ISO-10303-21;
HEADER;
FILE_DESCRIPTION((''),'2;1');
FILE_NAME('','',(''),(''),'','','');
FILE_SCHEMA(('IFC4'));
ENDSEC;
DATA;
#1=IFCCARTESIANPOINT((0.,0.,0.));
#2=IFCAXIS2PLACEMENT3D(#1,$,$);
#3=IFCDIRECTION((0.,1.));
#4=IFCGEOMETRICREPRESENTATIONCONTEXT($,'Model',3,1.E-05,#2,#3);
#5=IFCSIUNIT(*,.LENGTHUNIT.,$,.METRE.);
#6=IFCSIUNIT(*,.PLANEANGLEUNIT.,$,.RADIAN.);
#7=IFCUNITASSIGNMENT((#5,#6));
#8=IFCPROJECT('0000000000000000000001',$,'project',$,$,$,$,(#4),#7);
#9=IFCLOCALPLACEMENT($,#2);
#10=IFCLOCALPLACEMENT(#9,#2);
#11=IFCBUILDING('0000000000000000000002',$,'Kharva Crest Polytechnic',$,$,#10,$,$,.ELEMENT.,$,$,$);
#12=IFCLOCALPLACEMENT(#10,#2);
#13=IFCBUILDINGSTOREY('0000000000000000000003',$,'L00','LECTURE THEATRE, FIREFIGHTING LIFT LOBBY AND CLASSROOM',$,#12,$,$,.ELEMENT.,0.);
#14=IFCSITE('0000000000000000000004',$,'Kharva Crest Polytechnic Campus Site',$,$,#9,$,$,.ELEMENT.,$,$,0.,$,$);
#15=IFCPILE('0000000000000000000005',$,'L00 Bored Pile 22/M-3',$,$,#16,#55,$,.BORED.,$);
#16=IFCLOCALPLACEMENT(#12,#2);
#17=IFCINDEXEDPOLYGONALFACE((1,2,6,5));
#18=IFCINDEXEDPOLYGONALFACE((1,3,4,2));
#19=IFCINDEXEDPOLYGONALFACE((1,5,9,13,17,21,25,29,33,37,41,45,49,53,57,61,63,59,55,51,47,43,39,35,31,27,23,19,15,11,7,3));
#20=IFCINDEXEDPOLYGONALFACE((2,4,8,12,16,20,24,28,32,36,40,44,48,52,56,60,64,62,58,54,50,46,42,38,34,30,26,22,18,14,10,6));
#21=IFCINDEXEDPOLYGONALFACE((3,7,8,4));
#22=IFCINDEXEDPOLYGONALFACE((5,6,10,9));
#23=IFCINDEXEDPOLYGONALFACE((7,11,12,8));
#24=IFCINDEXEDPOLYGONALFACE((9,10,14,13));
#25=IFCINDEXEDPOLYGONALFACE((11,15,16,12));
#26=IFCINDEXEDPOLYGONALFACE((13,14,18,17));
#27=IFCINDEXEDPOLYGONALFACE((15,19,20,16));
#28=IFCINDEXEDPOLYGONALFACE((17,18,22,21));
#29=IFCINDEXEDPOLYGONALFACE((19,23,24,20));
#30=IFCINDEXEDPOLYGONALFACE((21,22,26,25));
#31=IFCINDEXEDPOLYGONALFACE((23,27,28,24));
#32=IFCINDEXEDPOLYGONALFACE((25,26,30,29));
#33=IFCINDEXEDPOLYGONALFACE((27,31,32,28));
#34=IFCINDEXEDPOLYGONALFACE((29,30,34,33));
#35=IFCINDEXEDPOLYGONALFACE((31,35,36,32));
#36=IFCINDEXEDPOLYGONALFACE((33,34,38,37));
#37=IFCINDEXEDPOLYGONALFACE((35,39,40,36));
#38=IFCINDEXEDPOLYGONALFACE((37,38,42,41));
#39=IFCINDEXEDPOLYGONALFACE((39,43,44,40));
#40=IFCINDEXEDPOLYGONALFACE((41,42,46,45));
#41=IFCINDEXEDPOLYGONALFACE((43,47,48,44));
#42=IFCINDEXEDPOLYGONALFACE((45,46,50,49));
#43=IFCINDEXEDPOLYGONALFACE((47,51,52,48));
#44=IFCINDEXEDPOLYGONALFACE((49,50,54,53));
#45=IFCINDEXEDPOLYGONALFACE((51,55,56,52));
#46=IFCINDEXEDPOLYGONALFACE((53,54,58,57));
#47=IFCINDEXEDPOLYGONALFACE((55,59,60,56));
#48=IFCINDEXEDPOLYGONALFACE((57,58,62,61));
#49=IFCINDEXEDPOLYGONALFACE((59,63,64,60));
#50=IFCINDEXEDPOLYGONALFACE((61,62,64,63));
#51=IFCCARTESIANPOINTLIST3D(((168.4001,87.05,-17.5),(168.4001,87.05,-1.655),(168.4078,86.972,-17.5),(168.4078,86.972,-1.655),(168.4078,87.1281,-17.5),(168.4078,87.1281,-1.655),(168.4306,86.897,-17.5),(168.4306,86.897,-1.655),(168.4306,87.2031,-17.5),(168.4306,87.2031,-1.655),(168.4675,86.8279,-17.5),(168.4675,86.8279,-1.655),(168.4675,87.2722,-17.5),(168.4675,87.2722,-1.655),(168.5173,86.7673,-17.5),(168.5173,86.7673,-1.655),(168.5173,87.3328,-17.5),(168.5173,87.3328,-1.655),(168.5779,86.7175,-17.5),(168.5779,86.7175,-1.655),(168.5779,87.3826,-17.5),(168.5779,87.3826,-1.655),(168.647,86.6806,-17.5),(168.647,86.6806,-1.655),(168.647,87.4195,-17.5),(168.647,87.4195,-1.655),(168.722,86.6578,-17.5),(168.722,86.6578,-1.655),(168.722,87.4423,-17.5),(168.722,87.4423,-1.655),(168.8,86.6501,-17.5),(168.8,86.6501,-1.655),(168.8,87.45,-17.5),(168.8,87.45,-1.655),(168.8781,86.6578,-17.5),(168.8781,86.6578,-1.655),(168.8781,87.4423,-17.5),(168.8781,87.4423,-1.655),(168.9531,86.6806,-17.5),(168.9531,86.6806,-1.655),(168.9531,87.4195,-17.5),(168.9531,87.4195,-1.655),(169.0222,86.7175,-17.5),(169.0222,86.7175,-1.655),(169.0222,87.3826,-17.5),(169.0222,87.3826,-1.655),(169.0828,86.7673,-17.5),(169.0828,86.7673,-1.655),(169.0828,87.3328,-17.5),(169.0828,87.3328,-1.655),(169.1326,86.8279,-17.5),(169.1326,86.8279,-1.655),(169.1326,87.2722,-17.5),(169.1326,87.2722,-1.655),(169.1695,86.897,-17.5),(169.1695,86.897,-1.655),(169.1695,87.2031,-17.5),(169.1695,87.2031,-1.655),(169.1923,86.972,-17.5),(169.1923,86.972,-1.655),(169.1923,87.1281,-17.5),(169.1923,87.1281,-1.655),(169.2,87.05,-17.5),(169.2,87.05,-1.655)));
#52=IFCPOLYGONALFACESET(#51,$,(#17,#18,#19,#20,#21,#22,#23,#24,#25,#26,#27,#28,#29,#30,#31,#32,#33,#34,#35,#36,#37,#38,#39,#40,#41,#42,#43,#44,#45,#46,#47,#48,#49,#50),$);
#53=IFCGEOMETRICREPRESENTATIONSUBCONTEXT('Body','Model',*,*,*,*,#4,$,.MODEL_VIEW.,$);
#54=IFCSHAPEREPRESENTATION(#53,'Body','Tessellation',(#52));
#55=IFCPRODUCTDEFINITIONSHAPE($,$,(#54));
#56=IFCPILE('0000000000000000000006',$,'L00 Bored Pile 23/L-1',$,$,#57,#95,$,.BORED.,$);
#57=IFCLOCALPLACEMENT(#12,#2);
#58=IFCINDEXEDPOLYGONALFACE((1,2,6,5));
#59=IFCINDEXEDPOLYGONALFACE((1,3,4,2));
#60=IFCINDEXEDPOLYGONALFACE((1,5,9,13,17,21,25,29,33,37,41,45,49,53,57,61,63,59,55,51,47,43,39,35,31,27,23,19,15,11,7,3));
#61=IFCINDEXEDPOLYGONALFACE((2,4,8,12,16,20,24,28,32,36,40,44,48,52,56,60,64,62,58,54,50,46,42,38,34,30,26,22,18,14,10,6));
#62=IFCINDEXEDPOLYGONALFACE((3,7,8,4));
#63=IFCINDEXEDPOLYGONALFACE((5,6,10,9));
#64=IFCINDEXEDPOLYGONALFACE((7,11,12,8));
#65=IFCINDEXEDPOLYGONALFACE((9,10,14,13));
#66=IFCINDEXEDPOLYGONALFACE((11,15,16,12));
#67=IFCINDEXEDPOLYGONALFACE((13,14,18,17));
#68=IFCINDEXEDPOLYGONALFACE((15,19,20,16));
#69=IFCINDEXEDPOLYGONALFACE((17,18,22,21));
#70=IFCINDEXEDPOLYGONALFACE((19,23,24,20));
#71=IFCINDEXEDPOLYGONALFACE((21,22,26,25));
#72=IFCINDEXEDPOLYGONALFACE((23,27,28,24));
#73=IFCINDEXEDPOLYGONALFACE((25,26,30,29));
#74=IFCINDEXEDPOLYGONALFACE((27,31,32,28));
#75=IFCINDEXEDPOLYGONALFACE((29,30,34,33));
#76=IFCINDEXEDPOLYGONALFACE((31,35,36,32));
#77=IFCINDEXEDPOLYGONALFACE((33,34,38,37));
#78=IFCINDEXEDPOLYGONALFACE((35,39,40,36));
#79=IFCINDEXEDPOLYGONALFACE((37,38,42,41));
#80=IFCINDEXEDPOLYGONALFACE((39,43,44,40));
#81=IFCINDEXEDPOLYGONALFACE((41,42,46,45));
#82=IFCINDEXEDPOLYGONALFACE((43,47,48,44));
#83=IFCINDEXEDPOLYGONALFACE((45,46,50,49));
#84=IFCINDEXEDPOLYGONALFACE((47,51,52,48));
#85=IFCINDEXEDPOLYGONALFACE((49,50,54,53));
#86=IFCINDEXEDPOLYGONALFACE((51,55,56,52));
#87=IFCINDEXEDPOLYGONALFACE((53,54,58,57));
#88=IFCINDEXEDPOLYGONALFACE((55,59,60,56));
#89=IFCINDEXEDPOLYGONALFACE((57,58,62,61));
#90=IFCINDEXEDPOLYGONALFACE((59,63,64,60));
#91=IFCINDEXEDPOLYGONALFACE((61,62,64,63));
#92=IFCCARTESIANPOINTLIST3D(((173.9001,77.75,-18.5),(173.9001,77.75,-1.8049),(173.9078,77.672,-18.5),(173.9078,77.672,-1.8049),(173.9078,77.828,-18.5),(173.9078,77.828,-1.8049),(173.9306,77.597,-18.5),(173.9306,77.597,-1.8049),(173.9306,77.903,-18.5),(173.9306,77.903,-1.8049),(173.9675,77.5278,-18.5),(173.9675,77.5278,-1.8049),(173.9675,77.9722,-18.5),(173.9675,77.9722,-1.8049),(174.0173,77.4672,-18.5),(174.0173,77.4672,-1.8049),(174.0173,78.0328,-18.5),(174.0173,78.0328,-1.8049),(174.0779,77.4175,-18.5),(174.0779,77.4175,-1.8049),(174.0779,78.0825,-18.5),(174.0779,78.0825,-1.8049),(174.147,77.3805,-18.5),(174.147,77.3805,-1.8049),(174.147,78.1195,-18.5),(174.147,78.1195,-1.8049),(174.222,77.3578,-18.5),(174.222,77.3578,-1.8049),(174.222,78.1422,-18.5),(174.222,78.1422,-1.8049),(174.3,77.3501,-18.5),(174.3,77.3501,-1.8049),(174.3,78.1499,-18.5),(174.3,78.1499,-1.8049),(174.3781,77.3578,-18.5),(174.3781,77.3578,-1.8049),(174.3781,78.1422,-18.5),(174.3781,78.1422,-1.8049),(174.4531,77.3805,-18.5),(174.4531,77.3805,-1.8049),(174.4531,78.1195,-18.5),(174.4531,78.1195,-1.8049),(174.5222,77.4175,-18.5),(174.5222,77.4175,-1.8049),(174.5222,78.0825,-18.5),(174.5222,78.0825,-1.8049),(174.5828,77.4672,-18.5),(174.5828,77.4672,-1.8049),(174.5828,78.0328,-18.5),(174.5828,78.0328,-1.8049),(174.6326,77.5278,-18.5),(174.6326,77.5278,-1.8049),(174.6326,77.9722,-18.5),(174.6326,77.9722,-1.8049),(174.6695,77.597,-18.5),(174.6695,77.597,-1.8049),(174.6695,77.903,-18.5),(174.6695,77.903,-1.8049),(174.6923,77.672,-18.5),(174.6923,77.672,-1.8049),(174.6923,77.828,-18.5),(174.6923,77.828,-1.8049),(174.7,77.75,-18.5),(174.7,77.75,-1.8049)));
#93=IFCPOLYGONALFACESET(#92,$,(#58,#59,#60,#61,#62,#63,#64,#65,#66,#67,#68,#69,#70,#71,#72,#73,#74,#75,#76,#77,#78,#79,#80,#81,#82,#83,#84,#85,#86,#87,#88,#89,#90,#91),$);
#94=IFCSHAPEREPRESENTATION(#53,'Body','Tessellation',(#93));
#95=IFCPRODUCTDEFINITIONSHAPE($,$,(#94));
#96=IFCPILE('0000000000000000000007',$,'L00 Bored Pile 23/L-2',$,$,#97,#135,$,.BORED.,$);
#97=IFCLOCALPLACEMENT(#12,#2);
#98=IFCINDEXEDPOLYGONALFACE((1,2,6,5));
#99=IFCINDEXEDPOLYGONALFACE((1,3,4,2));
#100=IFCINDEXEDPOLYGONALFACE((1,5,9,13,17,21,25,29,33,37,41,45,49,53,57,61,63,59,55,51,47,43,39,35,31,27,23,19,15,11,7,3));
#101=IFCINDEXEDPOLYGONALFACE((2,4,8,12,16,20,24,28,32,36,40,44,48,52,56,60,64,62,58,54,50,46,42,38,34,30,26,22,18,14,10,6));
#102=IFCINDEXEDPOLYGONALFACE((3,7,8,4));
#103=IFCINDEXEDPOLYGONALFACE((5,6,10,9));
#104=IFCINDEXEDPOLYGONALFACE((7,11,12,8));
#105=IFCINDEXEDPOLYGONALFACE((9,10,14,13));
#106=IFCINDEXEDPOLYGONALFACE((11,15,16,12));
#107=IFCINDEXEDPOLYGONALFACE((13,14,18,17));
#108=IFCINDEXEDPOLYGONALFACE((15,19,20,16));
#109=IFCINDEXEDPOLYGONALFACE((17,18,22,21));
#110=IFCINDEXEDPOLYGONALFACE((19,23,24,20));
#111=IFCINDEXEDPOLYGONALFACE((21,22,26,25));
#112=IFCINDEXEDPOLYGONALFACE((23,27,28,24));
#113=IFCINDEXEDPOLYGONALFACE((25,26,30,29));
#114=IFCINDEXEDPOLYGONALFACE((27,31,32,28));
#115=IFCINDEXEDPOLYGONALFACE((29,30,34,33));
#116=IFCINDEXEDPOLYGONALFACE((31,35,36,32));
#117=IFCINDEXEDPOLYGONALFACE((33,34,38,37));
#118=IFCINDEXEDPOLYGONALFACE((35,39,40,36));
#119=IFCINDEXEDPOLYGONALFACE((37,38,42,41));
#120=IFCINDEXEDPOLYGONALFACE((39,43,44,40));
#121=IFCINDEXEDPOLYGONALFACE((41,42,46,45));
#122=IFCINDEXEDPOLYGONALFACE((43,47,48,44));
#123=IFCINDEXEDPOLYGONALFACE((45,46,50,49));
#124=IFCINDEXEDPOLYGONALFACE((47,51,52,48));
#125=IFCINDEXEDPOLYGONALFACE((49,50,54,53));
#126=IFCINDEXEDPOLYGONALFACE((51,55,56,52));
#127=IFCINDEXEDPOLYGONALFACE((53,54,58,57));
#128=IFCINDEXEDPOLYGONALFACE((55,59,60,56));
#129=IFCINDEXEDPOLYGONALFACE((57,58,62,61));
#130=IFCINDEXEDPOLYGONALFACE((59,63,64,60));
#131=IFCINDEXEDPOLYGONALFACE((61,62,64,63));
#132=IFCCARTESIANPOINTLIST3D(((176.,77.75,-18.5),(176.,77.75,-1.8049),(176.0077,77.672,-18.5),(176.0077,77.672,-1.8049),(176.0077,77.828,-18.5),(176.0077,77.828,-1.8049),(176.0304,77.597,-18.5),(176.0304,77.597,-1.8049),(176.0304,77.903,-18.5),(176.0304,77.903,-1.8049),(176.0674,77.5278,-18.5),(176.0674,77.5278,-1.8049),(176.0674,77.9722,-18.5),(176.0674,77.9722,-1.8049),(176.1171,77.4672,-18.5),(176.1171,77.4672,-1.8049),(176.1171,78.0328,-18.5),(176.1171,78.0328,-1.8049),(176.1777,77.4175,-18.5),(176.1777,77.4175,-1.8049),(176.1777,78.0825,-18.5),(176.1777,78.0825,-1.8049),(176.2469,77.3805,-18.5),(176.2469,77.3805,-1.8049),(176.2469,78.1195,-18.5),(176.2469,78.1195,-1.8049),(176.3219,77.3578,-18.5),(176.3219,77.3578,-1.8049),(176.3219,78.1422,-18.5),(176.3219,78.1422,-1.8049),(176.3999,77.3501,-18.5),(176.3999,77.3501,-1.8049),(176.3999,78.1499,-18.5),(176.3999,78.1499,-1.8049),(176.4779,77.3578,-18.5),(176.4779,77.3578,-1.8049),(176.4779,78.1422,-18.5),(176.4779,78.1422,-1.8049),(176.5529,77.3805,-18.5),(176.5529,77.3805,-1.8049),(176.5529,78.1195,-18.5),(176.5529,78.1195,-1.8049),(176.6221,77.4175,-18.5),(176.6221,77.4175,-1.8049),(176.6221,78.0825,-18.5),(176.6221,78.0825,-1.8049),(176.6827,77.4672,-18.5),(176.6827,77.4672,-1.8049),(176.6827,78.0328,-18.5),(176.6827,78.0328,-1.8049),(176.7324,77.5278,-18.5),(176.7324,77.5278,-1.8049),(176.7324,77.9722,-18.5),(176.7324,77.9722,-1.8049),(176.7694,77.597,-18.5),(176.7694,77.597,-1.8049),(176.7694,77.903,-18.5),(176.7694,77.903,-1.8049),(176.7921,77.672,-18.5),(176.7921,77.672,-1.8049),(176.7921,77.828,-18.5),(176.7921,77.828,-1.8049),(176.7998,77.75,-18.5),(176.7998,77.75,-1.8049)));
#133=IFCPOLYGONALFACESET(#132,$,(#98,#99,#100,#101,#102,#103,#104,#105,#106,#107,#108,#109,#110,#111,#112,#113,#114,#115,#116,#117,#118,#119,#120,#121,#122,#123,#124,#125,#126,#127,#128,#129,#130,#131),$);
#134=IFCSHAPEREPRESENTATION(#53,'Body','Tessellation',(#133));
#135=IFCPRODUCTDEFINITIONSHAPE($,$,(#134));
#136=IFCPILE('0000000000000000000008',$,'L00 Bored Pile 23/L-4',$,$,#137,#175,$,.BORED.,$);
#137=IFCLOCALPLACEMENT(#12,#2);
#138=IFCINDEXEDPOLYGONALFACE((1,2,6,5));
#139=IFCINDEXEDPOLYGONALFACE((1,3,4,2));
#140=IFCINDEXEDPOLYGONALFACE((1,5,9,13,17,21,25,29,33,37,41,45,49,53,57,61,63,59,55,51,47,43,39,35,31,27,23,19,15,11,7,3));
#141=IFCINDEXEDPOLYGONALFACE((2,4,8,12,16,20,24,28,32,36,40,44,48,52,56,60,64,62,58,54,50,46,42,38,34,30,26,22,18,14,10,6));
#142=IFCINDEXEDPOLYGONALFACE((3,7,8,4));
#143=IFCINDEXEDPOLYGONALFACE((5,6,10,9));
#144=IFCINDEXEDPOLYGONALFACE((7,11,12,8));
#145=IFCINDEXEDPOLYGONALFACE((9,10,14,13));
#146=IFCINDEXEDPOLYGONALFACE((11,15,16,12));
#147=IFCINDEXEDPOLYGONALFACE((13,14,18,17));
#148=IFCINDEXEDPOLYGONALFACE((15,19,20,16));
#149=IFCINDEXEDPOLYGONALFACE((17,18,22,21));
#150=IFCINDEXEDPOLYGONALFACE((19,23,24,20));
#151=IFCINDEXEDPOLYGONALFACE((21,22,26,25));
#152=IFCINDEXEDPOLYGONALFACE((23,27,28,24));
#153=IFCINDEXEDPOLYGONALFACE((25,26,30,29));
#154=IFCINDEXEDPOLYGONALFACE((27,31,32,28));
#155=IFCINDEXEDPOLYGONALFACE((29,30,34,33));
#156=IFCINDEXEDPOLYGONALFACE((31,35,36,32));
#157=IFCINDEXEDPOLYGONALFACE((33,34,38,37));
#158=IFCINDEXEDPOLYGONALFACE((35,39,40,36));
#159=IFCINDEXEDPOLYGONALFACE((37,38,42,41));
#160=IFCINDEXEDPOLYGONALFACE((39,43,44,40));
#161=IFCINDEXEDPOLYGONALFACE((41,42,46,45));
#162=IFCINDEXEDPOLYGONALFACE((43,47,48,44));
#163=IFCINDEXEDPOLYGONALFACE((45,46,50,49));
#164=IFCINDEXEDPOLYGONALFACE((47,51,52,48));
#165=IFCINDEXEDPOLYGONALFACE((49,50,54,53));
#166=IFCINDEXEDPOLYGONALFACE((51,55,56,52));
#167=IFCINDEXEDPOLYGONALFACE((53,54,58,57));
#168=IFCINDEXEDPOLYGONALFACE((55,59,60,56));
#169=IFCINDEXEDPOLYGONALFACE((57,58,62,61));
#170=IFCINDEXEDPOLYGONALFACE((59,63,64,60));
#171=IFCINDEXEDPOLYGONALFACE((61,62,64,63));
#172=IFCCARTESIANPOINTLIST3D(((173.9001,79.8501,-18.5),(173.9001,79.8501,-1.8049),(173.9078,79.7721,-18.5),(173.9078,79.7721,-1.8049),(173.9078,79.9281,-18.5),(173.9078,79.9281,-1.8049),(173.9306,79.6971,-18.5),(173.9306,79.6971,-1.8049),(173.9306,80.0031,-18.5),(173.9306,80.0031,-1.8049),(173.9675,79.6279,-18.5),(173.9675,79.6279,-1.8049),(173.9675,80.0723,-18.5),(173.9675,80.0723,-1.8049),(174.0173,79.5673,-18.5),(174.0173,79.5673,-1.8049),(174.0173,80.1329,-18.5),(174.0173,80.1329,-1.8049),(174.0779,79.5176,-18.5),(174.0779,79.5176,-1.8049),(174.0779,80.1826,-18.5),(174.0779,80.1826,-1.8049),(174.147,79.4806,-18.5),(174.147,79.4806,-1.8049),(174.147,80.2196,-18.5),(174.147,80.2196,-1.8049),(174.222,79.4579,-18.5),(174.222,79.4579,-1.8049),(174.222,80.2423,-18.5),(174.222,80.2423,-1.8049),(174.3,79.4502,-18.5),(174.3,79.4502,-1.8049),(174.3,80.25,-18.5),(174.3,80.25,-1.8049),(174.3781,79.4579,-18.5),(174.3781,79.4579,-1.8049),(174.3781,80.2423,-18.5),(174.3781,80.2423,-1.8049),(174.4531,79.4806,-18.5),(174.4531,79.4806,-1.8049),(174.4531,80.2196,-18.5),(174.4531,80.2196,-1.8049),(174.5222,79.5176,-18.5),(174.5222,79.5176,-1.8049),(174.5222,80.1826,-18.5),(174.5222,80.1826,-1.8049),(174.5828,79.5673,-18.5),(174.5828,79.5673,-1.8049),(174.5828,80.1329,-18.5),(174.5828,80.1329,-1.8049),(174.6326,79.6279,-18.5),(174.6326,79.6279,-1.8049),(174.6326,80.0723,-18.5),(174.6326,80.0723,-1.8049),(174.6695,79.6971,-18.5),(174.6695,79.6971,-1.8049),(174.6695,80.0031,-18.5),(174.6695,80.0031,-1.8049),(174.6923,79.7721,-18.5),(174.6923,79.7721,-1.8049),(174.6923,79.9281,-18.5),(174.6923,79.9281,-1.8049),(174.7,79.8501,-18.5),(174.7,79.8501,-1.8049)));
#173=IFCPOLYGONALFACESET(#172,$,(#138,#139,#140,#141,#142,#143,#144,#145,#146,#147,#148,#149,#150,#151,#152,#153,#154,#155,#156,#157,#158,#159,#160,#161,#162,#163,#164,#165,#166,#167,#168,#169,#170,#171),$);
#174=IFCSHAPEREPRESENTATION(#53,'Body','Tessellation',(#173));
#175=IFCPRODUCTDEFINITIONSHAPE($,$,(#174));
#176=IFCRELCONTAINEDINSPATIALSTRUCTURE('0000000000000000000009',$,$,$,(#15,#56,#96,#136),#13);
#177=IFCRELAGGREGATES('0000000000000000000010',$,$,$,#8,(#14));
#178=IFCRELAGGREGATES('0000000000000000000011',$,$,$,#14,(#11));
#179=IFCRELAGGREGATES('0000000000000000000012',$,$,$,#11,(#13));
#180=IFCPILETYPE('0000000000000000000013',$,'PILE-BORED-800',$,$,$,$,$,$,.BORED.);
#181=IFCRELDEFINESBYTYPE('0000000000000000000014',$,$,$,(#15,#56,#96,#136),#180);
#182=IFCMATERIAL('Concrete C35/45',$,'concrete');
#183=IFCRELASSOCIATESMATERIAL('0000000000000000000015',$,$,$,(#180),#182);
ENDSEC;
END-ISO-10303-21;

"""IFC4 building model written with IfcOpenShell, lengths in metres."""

from ifc_helpers import new_model, si_unit, direction, frame, origin, origin_2d, place, context, subcontext, project, spatial, circle, extrude, material, material_profile, profile_set, type_object, element, save


model = new_model("IFC4")

# Units and contexts
model_context = context("Model", 3, precision=1e-05, world=origin(), true_north=direction((0.0, 1.0)))
body_context = subcontext(model_context, "Body", "Model", "MODEL_VIEW")
ifc_project = project(units=[si_unit("LENGTHUNIT", "METRE"), si_unit("PLANEANGLEUNIT", "RADIAN")], contexts=[model_context])

# Site, building, storey
site_placement = place(None, origin())
site = spatial("IfcSite", under=ifc_project, at=site_placement, Name="Kharva Crest Polytechnic Campus Site", CompositionType="ELEMENT", RefElevation=0.0)
building_placement = place(site_placement, origin())
building = spatial("IfcBuilding", under=site, at=building_placement, Name="Kharva Crest Polytechnic", CompositionType="ELEMENT")
storey_placement = place(building_placement, origin())
storey = spatial("IfcBuildingStorey", under=building, at=storey_placement, Name="L00", Description="LECTURE THEATRE, FIREFIGHTING LIFT LOBBY AND CLASSROOM", CompositionType="ELEMENT", Elevation=0.0)

# Shared definitions
ifc_material_1 = material(Name="Concrete C35/45", Category="concrete")

# Piles
ifc_material_profile_1 = material_profile(ifc_material_1, circle(Radius=0.3999, at=origin_2d()), Name="DIA 800")
ifc_profile_set_1 = profile_set([ifc_material_profile_1], Name="Concrete C35/45")
pile_type = type_object("IfcPileType", Name="PILE-BORED-800", PredefinedType="BORED", material=ifc_profile_set_1)
for number, where, z_axis, x_axis, name in (
    (1, (168.8, 87.05, -1.655), (0.0, 0.0, -1.0), (1.0, 0.0, 0.0), "L00 Bored Pile 22/M-3"),
):
    element("IfcPile", number, at=place(storey_placement, frame(where, z_axis=z_axis, x_axis=x_axis)), inside=storey, type_object=pile_type, Name=name, PredefinedType="BORED", context=body_context, shape_type="SweptSolid", body=[
        extrude(circle(Radius=0.3999, at=origin_2d()), origin(), (0.0, 0.0, 1.0), 15.845),
    ])
for number, where, z_axis, x_axis, name in (
    (2, (174.3, 77.75, -1.8049), (0.0, 0.0, -1.0), (1.0, 0.0, 0.0), "L00 Bored Pile 23/L-1"),
    (3, (176.3999, 77.75, -1.8049), (0.0, 0.0, -1.0), (1.0, 0.0, 0.0), "L00 Bored Pile 23/L-2"),
    (4, (174.3, 79.8501, -1.8049), (0.0, 0.0, -1.0), (1.0, 0.0, 0.0), "L00 Bored Pile 23/L-4"),
):
    element("IfcPile", number, at=place(storey_placement, frame(where, z_axis=z_axis, x_axis=x_axis)), inside=storey, type_object=pile_type, Name=name, PredefinedType="BORED", context=body_context, shape_type="SweptSolid", body=[
        extrude(circle(Radius=0.3999, at=origin_2d()), origin(), (0.0, 0.0, 1.0), 16.6951),
    ])

save(model, "model.ifc")
